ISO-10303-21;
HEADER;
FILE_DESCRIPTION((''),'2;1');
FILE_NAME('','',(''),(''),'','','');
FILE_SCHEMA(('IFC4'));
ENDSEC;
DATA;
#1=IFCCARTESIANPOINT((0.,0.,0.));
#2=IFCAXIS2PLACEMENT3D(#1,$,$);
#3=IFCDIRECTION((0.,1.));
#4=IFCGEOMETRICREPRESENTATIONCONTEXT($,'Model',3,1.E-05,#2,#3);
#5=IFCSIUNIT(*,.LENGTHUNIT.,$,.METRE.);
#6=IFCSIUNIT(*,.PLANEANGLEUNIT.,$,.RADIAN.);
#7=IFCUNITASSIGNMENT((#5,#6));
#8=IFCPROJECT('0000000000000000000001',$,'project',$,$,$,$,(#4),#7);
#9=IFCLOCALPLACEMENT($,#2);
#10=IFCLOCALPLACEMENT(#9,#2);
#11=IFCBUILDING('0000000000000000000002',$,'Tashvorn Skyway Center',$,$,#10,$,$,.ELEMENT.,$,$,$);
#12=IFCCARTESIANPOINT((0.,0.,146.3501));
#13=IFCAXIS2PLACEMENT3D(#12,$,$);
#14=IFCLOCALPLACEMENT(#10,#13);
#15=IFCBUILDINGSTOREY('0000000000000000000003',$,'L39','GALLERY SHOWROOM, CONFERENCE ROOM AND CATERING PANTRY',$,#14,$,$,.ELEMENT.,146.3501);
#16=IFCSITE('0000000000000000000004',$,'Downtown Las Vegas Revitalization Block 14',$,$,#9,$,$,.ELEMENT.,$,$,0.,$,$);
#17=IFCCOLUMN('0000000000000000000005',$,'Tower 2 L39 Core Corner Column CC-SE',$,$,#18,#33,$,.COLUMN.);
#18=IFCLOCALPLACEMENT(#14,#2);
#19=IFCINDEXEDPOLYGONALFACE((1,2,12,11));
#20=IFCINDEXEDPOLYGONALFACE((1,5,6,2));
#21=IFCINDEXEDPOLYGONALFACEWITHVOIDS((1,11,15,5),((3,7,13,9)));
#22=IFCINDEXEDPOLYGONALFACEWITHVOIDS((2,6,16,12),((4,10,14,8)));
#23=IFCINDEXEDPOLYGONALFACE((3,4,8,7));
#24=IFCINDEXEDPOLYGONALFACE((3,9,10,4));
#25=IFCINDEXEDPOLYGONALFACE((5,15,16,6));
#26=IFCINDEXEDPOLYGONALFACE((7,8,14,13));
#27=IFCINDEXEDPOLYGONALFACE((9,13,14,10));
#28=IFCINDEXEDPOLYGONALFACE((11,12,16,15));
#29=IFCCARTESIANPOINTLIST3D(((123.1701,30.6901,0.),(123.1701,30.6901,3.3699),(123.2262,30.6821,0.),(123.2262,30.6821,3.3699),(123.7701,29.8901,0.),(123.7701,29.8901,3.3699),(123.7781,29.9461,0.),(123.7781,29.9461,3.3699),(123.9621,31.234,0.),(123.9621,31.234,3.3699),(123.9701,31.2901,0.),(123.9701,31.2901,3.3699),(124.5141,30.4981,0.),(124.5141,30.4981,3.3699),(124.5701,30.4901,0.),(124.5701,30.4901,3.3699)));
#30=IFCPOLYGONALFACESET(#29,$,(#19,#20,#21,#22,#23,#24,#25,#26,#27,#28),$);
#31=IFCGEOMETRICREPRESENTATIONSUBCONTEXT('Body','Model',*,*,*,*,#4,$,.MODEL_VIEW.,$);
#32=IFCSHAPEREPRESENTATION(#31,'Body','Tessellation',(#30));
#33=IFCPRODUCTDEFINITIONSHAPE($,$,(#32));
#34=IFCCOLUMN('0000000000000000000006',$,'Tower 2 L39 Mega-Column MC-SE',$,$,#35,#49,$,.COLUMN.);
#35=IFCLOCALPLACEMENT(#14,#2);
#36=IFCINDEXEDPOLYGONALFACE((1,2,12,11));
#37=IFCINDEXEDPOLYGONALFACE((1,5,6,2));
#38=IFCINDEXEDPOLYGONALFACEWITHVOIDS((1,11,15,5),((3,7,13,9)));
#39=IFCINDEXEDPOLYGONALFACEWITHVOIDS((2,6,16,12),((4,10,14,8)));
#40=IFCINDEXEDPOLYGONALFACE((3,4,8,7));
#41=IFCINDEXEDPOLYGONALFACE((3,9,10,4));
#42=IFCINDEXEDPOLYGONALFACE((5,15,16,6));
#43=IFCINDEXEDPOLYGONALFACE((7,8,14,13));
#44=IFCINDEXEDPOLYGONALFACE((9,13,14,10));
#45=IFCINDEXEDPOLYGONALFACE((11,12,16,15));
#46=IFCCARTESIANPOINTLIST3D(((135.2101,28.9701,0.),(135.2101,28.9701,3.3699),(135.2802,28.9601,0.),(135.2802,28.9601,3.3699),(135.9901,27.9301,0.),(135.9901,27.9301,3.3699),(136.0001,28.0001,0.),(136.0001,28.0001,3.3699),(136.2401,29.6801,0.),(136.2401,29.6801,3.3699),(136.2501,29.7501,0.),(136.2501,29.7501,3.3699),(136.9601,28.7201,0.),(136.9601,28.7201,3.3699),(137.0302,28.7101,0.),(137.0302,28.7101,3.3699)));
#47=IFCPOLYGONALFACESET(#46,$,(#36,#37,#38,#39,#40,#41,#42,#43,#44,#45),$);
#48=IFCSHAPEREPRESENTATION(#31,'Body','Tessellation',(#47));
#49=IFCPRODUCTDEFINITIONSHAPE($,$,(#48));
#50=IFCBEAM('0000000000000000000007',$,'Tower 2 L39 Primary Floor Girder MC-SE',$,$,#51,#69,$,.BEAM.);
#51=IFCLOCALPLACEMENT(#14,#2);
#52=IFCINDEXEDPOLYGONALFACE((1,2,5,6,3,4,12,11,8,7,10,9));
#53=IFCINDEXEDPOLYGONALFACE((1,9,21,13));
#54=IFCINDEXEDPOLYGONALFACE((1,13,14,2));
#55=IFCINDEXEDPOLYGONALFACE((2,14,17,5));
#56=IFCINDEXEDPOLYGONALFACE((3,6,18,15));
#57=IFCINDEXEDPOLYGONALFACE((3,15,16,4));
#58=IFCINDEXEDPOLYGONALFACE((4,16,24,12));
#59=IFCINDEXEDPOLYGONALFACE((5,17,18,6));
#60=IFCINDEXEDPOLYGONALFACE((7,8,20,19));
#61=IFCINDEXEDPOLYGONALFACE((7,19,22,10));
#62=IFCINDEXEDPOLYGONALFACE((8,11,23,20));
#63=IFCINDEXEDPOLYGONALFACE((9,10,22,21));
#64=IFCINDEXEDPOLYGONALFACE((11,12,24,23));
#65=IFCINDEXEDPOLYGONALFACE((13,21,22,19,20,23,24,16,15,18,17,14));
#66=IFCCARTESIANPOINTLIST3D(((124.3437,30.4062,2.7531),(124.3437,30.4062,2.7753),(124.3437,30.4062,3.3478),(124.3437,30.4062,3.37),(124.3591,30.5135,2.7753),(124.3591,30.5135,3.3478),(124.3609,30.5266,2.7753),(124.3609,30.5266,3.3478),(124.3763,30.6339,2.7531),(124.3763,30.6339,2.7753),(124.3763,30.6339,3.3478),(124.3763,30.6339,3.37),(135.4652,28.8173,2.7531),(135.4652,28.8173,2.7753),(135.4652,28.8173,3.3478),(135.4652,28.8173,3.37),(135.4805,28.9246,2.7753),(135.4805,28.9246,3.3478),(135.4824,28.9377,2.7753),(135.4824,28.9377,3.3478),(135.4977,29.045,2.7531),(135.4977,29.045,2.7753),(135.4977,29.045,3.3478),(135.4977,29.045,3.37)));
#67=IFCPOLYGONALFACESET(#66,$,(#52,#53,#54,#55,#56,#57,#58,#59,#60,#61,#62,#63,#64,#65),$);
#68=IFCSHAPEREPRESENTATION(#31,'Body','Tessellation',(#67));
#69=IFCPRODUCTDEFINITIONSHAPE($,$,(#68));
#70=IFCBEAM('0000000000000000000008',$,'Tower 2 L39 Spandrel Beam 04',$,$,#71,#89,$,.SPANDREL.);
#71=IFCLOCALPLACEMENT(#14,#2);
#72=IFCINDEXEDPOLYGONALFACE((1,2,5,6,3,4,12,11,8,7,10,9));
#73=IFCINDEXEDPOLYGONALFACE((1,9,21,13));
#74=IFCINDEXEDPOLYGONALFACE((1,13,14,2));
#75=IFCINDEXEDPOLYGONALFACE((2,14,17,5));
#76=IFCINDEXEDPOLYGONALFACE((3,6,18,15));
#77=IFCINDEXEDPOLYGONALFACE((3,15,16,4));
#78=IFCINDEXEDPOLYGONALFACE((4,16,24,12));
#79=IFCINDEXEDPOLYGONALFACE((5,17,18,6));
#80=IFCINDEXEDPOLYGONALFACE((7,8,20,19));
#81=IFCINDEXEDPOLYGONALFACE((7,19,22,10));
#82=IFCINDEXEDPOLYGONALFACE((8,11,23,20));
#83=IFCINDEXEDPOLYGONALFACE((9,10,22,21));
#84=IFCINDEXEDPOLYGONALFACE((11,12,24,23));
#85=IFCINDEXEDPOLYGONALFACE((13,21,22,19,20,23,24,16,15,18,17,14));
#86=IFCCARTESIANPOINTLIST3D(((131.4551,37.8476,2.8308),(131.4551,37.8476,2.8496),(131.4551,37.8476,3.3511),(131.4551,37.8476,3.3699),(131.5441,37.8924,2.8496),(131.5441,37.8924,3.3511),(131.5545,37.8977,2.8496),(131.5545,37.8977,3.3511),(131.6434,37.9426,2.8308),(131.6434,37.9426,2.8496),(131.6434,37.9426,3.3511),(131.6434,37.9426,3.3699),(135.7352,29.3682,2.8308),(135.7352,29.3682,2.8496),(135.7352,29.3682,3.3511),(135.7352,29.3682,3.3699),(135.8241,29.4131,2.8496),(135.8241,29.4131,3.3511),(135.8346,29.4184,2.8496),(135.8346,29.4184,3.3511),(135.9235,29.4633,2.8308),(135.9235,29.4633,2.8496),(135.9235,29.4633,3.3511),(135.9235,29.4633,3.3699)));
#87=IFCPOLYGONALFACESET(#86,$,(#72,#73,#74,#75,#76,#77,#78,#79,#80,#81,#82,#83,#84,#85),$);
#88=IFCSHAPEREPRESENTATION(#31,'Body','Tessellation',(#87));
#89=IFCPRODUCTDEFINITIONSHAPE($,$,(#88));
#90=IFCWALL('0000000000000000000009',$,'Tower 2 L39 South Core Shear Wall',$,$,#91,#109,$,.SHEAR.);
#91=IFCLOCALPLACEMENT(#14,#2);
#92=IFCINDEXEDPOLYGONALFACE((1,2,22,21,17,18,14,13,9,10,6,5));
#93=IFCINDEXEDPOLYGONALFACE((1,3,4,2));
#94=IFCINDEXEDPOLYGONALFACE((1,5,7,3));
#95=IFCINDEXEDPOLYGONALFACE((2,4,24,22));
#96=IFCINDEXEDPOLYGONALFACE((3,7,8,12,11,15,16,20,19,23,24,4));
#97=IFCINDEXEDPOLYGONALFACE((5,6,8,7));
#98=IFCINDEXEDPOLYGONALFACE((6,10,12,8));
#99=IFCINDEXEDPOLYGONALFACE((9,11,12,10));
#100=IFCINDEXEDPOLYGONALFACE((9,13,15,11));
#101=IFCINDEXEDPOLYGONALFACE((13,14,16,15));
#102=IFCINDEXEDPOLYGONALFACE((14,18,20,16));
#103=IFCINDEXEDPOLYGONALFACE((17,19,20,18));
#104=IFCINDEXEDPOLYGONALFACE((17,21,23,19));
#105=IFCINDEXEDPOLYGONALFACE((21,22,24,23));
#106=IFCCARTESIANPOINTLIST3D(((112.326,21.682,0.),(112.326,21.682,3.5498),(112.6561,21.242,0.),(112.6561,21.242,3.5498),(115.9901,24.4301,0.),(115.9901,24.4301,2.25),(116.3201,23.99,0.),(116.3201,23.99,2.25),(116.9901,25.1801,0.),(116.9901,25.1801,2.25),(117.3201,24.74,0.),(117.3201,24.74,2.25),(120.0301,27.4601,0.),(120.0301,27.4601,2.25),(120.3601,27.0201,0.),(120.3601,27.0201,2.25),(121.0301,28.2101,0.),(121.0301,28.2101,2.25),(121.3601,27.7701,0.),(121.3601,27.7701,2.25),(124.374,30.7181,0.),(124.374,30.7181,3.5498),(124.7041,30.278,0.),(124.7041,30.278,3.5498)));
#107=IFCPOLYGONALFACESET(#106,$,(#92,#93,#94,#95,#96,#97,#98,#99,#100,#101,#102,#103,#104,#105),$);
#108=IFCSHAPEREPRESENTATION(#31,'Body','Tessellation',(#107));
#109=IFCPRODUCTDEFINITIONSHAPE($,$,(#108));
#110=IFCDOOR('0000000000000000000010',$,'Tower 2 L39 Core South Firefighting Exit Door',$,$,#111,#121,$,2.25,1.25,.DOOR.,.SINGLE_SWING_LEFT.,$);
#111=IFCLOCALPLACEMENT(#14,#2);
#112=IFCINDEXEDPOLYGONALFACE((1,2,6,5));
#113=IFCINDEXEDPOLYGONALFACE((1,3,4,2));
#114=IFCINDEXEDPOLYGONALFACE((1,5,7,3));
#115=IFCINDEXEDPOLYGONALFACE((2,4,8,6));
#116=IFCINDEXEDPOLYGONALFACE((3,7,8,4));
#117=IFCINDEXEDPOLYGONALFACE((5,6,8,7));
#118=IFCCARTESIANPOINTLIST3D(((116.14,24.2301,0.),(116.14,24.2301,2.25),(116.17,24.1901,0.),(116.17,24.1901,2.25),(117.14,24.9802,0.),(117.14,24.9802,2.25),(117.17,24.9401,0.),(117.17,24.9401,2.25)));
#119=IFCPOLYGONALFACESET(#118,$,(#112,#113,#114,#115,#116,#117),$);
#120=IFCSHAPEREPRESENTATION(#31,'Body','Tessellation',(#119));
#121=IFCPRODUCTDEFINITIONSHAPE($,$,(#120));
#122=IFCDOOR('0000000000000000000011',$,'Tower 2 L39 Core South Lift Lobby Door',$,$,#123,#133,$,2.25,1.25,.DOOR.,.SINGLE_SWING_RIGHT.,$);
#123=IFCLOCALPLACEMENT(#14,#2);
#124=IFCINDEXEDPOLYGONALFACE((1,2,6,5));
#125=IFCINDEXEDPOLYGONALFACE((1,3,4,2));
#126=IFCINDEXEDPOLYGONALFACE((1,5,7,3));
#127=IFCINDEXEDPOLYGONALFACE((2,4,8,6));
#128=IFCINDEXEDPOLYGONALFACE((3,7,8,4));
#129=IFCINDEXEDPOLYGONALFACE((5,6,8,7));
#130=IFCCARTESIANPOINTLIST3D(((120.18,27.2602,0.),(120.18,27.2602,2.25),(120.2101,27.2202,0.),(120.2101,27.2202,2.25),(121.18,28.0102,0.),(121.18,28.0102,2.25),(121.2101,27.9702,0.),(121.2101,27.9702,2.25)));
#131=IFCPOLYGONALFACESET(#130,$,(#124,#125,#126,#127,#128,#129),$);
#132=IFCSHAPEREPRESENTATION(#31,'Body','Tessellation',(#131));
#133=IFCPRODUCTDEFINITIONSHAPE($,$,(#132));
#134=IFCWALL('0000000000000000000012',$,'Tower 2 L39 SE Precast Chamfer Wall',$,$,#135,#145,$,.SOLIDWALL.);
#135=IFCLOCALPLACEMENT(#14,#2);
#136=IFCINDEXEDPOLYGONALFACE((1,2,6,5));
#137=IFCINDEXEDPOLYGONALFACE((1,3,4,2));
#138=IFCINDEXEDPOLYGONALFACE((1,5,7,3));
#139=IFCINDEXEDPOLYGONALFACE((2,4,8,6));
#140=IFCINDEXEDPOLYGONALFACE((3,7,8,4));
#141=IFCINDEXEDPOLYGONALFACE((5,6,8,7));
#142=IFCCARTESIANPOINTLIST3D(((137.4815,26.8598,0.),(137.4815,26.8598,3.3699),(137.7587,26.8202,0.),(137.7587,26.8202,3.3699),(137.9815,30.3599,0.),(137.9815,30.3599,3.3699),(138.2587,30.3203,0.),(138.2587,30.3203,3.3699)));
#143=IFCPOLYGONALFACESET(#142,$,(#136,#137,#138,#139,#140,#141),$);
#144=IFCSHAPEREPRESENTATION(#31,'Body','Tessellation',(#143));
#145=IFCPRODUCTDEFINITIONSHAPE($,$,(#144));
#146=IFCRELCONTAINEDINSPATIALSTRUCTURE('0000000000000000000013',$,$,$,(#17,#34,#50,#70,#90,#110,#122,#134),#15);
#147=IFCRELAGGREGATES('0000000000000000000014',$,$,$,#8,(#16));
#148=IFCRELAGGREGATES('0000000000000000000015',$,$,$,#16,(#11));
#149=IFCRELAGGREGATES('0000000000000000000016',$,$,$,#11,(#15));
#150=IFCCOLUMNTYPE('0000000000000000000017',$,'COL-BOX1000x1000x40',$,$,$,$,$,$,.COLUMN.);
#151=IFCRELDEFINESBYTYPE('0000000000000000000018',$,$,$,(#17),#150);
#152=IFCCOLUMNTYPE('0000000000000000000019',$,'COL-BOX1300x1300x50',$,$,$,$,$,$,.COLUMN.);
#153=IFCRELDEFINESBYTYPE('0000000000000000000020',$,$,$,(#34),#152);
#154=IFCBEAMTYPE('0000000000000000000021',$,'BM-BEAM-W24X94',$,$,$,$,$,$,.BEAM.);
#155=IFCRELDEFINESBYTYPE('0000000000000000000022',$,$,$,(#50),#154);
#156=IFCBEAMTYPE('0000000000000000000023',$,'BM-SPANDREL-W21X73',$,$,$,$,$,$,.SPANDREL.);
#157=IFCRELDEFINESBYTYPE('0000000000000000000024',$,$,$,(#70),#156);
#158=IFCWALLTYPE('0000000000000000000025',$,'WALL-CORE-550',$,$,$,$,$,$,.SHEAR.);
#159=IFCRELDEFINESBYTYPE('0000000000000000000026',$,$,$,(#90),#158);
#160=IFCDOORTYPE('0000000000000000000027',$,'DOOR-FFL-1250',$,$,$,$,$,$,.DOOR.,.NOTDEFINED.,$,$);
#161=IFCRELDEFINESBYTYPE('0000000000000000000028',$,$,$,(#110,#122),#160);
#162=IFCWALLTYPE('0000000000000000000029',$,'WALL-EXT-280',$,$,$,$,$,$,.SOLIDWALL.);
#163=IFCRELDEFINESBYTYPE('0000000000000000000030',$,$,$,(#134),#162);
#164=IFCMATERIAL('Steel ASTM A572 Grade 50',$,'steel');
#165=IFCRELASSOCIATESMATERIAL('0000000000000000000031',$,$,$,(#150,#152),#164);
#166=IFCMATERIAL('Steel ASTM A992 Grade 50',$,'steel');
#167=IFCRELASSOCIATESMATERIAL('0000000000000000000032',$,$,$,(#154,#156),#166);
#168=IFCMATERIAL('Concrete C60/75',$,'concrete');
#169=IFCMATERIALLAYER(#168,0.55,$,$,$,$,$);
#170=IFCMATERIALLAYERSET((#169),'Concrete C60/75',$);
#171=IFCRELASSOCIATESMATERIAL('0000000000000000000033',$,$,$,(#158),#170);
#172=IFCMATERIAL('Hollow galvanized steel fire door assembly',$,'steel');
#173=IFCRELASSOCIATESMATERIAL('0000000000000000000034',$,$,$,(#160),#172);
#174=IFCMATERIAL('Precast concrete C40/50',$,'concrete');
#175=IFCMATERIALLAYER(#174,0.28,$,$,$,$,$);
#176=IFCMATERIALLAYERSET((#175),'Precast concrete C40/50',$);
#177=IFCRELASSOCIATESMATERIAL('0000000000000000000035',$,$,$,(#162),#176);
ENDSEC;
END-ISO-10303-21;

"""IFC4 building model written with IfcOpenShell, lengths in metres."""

from ifc_helpers import new_model, si_unit, direction, frame, frame_2d, origin, origin_2d, place, context, subcontext, project, spatial, rectangle, hollow_rectangle, i_section, extrude, material, layer, layer_set, material_profile, profile_set, type_object, element, fill, save


model = new_model("IFC4")

# Units and contexts
model_context = context("Model", 3, precision=1e-05, world=origin(), true_north=direction((0.0, 1.0)))
body_context = subcontext(model_context, "Body", "Model", "MODEL_VIEW")
ifc_project = project(units=[si_unit("LENGTHUNIT", "METRE"), si_unit("PLANEANGLEUNIT", "RADIAN")], contexts=[model_context])

# Site, building, storey
site_placement = place(None, origin())
site = spatial("IfcSite", under=ifc_project, at=site_placement, Name="Downtown Las Vegas Revitalization Block 14", CompositionType="ELEMENT", RefElevation=0.0)
building_placement = place(site_placement, origin())
building = spatial("IfcBuilding", under=site, at=building_placement, Name="Tashvorn Skyway Center", CompositionType="ELEMENT")
storey_placement = place(building_placement, frame((0.0, 0.0, 146.3501)))
storey = spatial("IfcBuildingStorey", under=building, at=storey_placement, Name="L39", Description="GALLERY SHOWROOM, CONFERENCE ROOM AND CATERING PANTRY", CompositionType="ELEMENT", Elevation=146.3501)

# Columns
ifc_material_1 = material(Name="Steel ASTM A572 Grade 50", Category="steel")
ifc_material_profile_1 = material_profile(ifc_material_1, hollow_rectangle(XDim=1.0, YDim=1.0, WallThickness=0.04, at=origin_2d()), Name="BOX1000x1000x40")
ifc_profile_set_1 = profile_set([ifc_material_profile_1], Name="Steel ASTM A572 Grade 50")
column_type_1 = type_object("IfcColumnType", Name="COL-BOX1000x1000x40", PredefinedType="COLUMN", material=ifc_profile_set_1)
column_1_placement = place(storey_placement, frame((123.8701, 30.5901, 0.0), z_axis=(0.0, 0.0, 1.0), x_axis=(0.8, 0.6, 0.0)))
element("IfcColumn", 1, at=column_1_placement, inside=storey, type_object=column_type_1, Name="Tower 2 L39 Core Corner Column CC-SE", PredefinedType="COLUMN", context=body_context, shape_type="SweptSolid", body=[
    extrude(hollow_rectangle(XDim=1.0, YDim=1.0, WallThickness=0.04, at=origin_2d()), origin(), (0.0, 0.0, 1.0), 3.3699),
])
ifc_material_profile_2 = material_profile(ifc_material_1, hollow_rectangle(XDim=1.3, YDim=1.3, WallThickness=0.05, at=origin_2d()), Name="BOX1300x1300x50")
ifc_profile_set_2 = profile_set([ifc_material_profile_2], Name="Steel ASTM A572 Grade 50")
column_type_2 = type_object("IfcColumnType", Name="COL-BOX1300x1300x50", PredefinedType="COLUMN", material=ifc_profile_set_2)
column_2_placement = place(storey_placement, frame((136.1201, 28.8401, 0.0), z_axis=(0.0, 0.0, 1.0), x_axis=(0.8, 0.6, 0.0)))
element("IfcColumn", 2, at=column_2_placement, inside=storey, type_object=column_type_2, Name="Tower 2 L39 Mega-Column MC-SE", PredefinedType="COLUMN", context=body_context, shape_type="SweptSolid", body=[
    extrude(hollow_rectangle(XDim=1.3, YDim=1.3, WallThickness=0.05, at=origin_2d()), origin(), (0.0, 0.0, 1.0), 3.3699),
])

# Beams
ifc_material_2 = material(Name="Steel ASTM A992 Grade 50", Category="steel")
ifc_material_profile_3 = material_profile(ifc_material_2, i_section(OverallWidth=0.23, OverallDepth=0.6169, WebThickness=0.0132, FlangeThickness=0.0222, at=origin_2d()), Name="W24X94")
ifc_profile_set_3 = profile_set([ifc_material_profile_3], Name="Steel ASTM A992 Grade 50")
beam_type_1 = type_object("IfcBeamType", Name="BM-BEAM-W24X94", PredefinedType="BEAM", material=ifc_profile_set_3)
beam_1_placement = place(storey_placement, frame((135.4814, 28.9312, 3.0615), z_axis=(-0.989948, 0.14143, 0.0), x_axis=(-0.14143, -0.989948, 0.0)))
element("IfcBeam", 3, at=beam_1_placement, inside=storey, type_object=beam_type_1, Name="Tower 2 L39 Primary Floor Girder MC-SE", PredefinedType="BEAM", context=body_context, shape_type="SweptSolid", body=[
    extrude(i_section(OverallWidth=0.23, OverallDepth=0.6169, WebThickness=0.0132, FlangeThickness=0.0222, at=origin_2d()), origin(), (0.0, 0.0, 1.0), 11.2344),
])
ifc_material_profile_4 = material_profile(ifc_material_2, i_section(OverallWidth=0.2109, OverallDepth=0.5391, WebThickness=0.0117, FlangeThickness=0.0188, at=origin_2d()), Name="W21X73")
ifc_profile_set_4 = profile_set([ifc_material_profile_4], Name="Steel ASTM A992 Grade 50")
beam_type_2 = type_object("IfcBeamType", Name="BM-SPANDREL-W21X73", PredefinedType="SPANDREL", material=ifc_profile_set_4)
beam_2_placement = place(storey_placement, frame((135.8293, 29.4158, 3.1003), z_axis=(-0.450614, 0.892719, 0.0), x_axis=(-0.892719, -0.450614, 0.0)))
element("IfcBeam", 4, at=beam_2_placement, inside=storey, type_object=beam_type_2, Name="Tower 2 L39 Spandrel Beam 04", PredefinedType="SPANDREL", context=body_context, shape_type="SweptSolid", body=[
    extrude(i_section(OverallWidth=0.2109, OverallDepth=0.5391, WebThickness=0.0117, FlangeThickness=0.0188, at=origin_2d()), origin(), (0.0, 0.0, 1.0), 9.4983),
])

# Wall, openings, doors
ifc_material_3 = material(Name="Concrete C60/75", Category="concrete")
ifc_layer_1 = layer(ifc_material_3, 0.55)
ifc_layer_set_1 = layer_set([ifc_layer_1], Name="Concrete C60/75")
wall_type_1 = type_object("IfcWallType", Name="WALL-CORE-550", PredefinedType="SHEAR", material=ifc_layer_set_1)
wall_1_placement = place(storey_placement, frame((124.5391, 30.498, 0.0), z_axis=(0.0, 0.0, 1.0), x_axis=(-0.799998, -0.600003, 0.0)))
wall_1 = element("IfcWall", 5, at=wall_1_placement, inside=storey, type_object=wall_type_1, Name="Tower 2 L39 South Core Shear Wall", PredefinedType="SHEAR", context=body_context, shape_type="SweptSolid", body=[
    extrude(rectangle(XDim=15.0601, YDim=0.55, at=frame_2d((7.53, 0.0))), origin(), (0.0, 0.0, 1.0), 3.5498),
])
opening_1_placement = place(wall_1_placement, frame((9.23, 0.0, 0.0)))
opening_1 = element("IfcOpeningElement", 6, at=opening_1_placement, cuts=wall_1, PredefinedType="OPENING", context=body_context, shape_type="SweptSolid", body=[
    extrude(rectangle(XDim=1.25, YDim=2.25, at=frame_2d((0.625, 1.125))), frame((0.0, 0.2849, 0.0), z_axis=(0.0, -1.0, 0.0), x_axis=(1.0, 0.0, 0.0)), (0.0, 0.0, 1.0), 0.5701),
])
opening_2_placement = place(wall_1_placement, frame((4.1799, 0.0, 0.0)))
opening_2 = element("IfcOpeningElement", 7, at=opening_2_placement, cuts=wall_1, PredefinedType="OPENING", context=body_context, shape_type="SweptSolid", body=[
    extrude(rectangle(XDim=1.25, YDim=2.25, at=frame_2d((0.625, 1.125))), frame((0.0, 0.2849, 0.0), z_axis=(0.0, -1.0, 0.0), x_axis=(1.0, 0.0, 0.0)), (0.0, 0.0, 1.0), 0.5701),
])
ifc_material_4 = material(Name="Hollow galvanized steel fire door assembly", Category="steel")
door_type_1 = type_object("IfcDoorType", Name="DOOR-FFL-1250", OperationType="NOTDEFINED", PredefinedType="DOOR", material=ifc_material_4)
door_1_placement = place(opening_1_placement, origin())
door_1 = element("IfcDoor", 8, at=door_1_placement, inside=storey, type_object=door_type_1, Name="Tower 2 L39 Core South Firefighting Exit Door", OperationType="SINGLE_SWING_LEFT", OverallHeight=2.25, OverallWidth=1.25, PredefinedType="DOOR", context=body_context, shape_type="SweptSolid", body=[
    extrude(rectangle(XDim=1.25, YDim=2.25, at=frame_2d((0.625, 1.125))), frame((0.0, 0.0249, 0.0), z_axis=(0.0, -1.0, 0.0), x_axis=(1.0, 0.0, 0.0)), (0.0, 0.0, 1.0), 0.05),
])
fill(opening_1, door_1)
door_2_placement = place(opening_2_placement, origin())
door_2 = element("IfcDoor", 9, at=door_2_placement, inside=storey, type_object=door_type_1, Name="Tower 2 L39 Core South Lift Lobby Door", OperationType="SINGLE_SWING_RIGHT", OverallHeight=2.25, OverallWidth=1.25, PredefinedType="DOOR", context=body_context, shape_type="SweptSolid", body=[
    extrude(rectangle(XDim=1.25, YDim=2.25, at=frame_2d((0.625, 1.125))), frame((0.0, 0.0249, 0.0), z_axis=(0.0, -1.0, 0.0), x_axis=(1.0, 0.0, 0.0)), (0.0, 0.0, 1.0), 0.05),
])
fill(opening_2, door_2)

# Wall
ifc_material_5 = material(Name="Precast concrete C40/50", Category="concrete")
ifc_layer_2 = layer(ifc_material_5, 0.28)
ifc_layer_set_2 = layer_set([ifc_layer_2], Name="Precast concrete C40/50")
wall_type_2 = type_object("IfcWallType", Name="WALL-EXT-280", PredefinedType="SOLIDWALL", material=ifc_layer_set_2)
wall_2_placement = place(storey_placement, frame((138.1201, 30.3401, 0.0), z_axis=(0.0, 0.0, 1.0), x_axis=(-0.141421, -0.989949, 0.0)))
element("IfcWall", 10, at=wall_2_placement, inside=storey, type_object=wall_type_2, Name="Tower 2 L39 SE Precast Chamfer Wall", PredefinedType="SOLIDWALL", context=body_context, shape_type="SweptSolid", body=[
    extrude(rectangle(XDim=3.5356, YDim=0.28, at=frame_2d((1.7678, 0.0))), origin(), (0.0, 0.0, 1.0), 3.3699),
])

save(model, "model.ifc")
